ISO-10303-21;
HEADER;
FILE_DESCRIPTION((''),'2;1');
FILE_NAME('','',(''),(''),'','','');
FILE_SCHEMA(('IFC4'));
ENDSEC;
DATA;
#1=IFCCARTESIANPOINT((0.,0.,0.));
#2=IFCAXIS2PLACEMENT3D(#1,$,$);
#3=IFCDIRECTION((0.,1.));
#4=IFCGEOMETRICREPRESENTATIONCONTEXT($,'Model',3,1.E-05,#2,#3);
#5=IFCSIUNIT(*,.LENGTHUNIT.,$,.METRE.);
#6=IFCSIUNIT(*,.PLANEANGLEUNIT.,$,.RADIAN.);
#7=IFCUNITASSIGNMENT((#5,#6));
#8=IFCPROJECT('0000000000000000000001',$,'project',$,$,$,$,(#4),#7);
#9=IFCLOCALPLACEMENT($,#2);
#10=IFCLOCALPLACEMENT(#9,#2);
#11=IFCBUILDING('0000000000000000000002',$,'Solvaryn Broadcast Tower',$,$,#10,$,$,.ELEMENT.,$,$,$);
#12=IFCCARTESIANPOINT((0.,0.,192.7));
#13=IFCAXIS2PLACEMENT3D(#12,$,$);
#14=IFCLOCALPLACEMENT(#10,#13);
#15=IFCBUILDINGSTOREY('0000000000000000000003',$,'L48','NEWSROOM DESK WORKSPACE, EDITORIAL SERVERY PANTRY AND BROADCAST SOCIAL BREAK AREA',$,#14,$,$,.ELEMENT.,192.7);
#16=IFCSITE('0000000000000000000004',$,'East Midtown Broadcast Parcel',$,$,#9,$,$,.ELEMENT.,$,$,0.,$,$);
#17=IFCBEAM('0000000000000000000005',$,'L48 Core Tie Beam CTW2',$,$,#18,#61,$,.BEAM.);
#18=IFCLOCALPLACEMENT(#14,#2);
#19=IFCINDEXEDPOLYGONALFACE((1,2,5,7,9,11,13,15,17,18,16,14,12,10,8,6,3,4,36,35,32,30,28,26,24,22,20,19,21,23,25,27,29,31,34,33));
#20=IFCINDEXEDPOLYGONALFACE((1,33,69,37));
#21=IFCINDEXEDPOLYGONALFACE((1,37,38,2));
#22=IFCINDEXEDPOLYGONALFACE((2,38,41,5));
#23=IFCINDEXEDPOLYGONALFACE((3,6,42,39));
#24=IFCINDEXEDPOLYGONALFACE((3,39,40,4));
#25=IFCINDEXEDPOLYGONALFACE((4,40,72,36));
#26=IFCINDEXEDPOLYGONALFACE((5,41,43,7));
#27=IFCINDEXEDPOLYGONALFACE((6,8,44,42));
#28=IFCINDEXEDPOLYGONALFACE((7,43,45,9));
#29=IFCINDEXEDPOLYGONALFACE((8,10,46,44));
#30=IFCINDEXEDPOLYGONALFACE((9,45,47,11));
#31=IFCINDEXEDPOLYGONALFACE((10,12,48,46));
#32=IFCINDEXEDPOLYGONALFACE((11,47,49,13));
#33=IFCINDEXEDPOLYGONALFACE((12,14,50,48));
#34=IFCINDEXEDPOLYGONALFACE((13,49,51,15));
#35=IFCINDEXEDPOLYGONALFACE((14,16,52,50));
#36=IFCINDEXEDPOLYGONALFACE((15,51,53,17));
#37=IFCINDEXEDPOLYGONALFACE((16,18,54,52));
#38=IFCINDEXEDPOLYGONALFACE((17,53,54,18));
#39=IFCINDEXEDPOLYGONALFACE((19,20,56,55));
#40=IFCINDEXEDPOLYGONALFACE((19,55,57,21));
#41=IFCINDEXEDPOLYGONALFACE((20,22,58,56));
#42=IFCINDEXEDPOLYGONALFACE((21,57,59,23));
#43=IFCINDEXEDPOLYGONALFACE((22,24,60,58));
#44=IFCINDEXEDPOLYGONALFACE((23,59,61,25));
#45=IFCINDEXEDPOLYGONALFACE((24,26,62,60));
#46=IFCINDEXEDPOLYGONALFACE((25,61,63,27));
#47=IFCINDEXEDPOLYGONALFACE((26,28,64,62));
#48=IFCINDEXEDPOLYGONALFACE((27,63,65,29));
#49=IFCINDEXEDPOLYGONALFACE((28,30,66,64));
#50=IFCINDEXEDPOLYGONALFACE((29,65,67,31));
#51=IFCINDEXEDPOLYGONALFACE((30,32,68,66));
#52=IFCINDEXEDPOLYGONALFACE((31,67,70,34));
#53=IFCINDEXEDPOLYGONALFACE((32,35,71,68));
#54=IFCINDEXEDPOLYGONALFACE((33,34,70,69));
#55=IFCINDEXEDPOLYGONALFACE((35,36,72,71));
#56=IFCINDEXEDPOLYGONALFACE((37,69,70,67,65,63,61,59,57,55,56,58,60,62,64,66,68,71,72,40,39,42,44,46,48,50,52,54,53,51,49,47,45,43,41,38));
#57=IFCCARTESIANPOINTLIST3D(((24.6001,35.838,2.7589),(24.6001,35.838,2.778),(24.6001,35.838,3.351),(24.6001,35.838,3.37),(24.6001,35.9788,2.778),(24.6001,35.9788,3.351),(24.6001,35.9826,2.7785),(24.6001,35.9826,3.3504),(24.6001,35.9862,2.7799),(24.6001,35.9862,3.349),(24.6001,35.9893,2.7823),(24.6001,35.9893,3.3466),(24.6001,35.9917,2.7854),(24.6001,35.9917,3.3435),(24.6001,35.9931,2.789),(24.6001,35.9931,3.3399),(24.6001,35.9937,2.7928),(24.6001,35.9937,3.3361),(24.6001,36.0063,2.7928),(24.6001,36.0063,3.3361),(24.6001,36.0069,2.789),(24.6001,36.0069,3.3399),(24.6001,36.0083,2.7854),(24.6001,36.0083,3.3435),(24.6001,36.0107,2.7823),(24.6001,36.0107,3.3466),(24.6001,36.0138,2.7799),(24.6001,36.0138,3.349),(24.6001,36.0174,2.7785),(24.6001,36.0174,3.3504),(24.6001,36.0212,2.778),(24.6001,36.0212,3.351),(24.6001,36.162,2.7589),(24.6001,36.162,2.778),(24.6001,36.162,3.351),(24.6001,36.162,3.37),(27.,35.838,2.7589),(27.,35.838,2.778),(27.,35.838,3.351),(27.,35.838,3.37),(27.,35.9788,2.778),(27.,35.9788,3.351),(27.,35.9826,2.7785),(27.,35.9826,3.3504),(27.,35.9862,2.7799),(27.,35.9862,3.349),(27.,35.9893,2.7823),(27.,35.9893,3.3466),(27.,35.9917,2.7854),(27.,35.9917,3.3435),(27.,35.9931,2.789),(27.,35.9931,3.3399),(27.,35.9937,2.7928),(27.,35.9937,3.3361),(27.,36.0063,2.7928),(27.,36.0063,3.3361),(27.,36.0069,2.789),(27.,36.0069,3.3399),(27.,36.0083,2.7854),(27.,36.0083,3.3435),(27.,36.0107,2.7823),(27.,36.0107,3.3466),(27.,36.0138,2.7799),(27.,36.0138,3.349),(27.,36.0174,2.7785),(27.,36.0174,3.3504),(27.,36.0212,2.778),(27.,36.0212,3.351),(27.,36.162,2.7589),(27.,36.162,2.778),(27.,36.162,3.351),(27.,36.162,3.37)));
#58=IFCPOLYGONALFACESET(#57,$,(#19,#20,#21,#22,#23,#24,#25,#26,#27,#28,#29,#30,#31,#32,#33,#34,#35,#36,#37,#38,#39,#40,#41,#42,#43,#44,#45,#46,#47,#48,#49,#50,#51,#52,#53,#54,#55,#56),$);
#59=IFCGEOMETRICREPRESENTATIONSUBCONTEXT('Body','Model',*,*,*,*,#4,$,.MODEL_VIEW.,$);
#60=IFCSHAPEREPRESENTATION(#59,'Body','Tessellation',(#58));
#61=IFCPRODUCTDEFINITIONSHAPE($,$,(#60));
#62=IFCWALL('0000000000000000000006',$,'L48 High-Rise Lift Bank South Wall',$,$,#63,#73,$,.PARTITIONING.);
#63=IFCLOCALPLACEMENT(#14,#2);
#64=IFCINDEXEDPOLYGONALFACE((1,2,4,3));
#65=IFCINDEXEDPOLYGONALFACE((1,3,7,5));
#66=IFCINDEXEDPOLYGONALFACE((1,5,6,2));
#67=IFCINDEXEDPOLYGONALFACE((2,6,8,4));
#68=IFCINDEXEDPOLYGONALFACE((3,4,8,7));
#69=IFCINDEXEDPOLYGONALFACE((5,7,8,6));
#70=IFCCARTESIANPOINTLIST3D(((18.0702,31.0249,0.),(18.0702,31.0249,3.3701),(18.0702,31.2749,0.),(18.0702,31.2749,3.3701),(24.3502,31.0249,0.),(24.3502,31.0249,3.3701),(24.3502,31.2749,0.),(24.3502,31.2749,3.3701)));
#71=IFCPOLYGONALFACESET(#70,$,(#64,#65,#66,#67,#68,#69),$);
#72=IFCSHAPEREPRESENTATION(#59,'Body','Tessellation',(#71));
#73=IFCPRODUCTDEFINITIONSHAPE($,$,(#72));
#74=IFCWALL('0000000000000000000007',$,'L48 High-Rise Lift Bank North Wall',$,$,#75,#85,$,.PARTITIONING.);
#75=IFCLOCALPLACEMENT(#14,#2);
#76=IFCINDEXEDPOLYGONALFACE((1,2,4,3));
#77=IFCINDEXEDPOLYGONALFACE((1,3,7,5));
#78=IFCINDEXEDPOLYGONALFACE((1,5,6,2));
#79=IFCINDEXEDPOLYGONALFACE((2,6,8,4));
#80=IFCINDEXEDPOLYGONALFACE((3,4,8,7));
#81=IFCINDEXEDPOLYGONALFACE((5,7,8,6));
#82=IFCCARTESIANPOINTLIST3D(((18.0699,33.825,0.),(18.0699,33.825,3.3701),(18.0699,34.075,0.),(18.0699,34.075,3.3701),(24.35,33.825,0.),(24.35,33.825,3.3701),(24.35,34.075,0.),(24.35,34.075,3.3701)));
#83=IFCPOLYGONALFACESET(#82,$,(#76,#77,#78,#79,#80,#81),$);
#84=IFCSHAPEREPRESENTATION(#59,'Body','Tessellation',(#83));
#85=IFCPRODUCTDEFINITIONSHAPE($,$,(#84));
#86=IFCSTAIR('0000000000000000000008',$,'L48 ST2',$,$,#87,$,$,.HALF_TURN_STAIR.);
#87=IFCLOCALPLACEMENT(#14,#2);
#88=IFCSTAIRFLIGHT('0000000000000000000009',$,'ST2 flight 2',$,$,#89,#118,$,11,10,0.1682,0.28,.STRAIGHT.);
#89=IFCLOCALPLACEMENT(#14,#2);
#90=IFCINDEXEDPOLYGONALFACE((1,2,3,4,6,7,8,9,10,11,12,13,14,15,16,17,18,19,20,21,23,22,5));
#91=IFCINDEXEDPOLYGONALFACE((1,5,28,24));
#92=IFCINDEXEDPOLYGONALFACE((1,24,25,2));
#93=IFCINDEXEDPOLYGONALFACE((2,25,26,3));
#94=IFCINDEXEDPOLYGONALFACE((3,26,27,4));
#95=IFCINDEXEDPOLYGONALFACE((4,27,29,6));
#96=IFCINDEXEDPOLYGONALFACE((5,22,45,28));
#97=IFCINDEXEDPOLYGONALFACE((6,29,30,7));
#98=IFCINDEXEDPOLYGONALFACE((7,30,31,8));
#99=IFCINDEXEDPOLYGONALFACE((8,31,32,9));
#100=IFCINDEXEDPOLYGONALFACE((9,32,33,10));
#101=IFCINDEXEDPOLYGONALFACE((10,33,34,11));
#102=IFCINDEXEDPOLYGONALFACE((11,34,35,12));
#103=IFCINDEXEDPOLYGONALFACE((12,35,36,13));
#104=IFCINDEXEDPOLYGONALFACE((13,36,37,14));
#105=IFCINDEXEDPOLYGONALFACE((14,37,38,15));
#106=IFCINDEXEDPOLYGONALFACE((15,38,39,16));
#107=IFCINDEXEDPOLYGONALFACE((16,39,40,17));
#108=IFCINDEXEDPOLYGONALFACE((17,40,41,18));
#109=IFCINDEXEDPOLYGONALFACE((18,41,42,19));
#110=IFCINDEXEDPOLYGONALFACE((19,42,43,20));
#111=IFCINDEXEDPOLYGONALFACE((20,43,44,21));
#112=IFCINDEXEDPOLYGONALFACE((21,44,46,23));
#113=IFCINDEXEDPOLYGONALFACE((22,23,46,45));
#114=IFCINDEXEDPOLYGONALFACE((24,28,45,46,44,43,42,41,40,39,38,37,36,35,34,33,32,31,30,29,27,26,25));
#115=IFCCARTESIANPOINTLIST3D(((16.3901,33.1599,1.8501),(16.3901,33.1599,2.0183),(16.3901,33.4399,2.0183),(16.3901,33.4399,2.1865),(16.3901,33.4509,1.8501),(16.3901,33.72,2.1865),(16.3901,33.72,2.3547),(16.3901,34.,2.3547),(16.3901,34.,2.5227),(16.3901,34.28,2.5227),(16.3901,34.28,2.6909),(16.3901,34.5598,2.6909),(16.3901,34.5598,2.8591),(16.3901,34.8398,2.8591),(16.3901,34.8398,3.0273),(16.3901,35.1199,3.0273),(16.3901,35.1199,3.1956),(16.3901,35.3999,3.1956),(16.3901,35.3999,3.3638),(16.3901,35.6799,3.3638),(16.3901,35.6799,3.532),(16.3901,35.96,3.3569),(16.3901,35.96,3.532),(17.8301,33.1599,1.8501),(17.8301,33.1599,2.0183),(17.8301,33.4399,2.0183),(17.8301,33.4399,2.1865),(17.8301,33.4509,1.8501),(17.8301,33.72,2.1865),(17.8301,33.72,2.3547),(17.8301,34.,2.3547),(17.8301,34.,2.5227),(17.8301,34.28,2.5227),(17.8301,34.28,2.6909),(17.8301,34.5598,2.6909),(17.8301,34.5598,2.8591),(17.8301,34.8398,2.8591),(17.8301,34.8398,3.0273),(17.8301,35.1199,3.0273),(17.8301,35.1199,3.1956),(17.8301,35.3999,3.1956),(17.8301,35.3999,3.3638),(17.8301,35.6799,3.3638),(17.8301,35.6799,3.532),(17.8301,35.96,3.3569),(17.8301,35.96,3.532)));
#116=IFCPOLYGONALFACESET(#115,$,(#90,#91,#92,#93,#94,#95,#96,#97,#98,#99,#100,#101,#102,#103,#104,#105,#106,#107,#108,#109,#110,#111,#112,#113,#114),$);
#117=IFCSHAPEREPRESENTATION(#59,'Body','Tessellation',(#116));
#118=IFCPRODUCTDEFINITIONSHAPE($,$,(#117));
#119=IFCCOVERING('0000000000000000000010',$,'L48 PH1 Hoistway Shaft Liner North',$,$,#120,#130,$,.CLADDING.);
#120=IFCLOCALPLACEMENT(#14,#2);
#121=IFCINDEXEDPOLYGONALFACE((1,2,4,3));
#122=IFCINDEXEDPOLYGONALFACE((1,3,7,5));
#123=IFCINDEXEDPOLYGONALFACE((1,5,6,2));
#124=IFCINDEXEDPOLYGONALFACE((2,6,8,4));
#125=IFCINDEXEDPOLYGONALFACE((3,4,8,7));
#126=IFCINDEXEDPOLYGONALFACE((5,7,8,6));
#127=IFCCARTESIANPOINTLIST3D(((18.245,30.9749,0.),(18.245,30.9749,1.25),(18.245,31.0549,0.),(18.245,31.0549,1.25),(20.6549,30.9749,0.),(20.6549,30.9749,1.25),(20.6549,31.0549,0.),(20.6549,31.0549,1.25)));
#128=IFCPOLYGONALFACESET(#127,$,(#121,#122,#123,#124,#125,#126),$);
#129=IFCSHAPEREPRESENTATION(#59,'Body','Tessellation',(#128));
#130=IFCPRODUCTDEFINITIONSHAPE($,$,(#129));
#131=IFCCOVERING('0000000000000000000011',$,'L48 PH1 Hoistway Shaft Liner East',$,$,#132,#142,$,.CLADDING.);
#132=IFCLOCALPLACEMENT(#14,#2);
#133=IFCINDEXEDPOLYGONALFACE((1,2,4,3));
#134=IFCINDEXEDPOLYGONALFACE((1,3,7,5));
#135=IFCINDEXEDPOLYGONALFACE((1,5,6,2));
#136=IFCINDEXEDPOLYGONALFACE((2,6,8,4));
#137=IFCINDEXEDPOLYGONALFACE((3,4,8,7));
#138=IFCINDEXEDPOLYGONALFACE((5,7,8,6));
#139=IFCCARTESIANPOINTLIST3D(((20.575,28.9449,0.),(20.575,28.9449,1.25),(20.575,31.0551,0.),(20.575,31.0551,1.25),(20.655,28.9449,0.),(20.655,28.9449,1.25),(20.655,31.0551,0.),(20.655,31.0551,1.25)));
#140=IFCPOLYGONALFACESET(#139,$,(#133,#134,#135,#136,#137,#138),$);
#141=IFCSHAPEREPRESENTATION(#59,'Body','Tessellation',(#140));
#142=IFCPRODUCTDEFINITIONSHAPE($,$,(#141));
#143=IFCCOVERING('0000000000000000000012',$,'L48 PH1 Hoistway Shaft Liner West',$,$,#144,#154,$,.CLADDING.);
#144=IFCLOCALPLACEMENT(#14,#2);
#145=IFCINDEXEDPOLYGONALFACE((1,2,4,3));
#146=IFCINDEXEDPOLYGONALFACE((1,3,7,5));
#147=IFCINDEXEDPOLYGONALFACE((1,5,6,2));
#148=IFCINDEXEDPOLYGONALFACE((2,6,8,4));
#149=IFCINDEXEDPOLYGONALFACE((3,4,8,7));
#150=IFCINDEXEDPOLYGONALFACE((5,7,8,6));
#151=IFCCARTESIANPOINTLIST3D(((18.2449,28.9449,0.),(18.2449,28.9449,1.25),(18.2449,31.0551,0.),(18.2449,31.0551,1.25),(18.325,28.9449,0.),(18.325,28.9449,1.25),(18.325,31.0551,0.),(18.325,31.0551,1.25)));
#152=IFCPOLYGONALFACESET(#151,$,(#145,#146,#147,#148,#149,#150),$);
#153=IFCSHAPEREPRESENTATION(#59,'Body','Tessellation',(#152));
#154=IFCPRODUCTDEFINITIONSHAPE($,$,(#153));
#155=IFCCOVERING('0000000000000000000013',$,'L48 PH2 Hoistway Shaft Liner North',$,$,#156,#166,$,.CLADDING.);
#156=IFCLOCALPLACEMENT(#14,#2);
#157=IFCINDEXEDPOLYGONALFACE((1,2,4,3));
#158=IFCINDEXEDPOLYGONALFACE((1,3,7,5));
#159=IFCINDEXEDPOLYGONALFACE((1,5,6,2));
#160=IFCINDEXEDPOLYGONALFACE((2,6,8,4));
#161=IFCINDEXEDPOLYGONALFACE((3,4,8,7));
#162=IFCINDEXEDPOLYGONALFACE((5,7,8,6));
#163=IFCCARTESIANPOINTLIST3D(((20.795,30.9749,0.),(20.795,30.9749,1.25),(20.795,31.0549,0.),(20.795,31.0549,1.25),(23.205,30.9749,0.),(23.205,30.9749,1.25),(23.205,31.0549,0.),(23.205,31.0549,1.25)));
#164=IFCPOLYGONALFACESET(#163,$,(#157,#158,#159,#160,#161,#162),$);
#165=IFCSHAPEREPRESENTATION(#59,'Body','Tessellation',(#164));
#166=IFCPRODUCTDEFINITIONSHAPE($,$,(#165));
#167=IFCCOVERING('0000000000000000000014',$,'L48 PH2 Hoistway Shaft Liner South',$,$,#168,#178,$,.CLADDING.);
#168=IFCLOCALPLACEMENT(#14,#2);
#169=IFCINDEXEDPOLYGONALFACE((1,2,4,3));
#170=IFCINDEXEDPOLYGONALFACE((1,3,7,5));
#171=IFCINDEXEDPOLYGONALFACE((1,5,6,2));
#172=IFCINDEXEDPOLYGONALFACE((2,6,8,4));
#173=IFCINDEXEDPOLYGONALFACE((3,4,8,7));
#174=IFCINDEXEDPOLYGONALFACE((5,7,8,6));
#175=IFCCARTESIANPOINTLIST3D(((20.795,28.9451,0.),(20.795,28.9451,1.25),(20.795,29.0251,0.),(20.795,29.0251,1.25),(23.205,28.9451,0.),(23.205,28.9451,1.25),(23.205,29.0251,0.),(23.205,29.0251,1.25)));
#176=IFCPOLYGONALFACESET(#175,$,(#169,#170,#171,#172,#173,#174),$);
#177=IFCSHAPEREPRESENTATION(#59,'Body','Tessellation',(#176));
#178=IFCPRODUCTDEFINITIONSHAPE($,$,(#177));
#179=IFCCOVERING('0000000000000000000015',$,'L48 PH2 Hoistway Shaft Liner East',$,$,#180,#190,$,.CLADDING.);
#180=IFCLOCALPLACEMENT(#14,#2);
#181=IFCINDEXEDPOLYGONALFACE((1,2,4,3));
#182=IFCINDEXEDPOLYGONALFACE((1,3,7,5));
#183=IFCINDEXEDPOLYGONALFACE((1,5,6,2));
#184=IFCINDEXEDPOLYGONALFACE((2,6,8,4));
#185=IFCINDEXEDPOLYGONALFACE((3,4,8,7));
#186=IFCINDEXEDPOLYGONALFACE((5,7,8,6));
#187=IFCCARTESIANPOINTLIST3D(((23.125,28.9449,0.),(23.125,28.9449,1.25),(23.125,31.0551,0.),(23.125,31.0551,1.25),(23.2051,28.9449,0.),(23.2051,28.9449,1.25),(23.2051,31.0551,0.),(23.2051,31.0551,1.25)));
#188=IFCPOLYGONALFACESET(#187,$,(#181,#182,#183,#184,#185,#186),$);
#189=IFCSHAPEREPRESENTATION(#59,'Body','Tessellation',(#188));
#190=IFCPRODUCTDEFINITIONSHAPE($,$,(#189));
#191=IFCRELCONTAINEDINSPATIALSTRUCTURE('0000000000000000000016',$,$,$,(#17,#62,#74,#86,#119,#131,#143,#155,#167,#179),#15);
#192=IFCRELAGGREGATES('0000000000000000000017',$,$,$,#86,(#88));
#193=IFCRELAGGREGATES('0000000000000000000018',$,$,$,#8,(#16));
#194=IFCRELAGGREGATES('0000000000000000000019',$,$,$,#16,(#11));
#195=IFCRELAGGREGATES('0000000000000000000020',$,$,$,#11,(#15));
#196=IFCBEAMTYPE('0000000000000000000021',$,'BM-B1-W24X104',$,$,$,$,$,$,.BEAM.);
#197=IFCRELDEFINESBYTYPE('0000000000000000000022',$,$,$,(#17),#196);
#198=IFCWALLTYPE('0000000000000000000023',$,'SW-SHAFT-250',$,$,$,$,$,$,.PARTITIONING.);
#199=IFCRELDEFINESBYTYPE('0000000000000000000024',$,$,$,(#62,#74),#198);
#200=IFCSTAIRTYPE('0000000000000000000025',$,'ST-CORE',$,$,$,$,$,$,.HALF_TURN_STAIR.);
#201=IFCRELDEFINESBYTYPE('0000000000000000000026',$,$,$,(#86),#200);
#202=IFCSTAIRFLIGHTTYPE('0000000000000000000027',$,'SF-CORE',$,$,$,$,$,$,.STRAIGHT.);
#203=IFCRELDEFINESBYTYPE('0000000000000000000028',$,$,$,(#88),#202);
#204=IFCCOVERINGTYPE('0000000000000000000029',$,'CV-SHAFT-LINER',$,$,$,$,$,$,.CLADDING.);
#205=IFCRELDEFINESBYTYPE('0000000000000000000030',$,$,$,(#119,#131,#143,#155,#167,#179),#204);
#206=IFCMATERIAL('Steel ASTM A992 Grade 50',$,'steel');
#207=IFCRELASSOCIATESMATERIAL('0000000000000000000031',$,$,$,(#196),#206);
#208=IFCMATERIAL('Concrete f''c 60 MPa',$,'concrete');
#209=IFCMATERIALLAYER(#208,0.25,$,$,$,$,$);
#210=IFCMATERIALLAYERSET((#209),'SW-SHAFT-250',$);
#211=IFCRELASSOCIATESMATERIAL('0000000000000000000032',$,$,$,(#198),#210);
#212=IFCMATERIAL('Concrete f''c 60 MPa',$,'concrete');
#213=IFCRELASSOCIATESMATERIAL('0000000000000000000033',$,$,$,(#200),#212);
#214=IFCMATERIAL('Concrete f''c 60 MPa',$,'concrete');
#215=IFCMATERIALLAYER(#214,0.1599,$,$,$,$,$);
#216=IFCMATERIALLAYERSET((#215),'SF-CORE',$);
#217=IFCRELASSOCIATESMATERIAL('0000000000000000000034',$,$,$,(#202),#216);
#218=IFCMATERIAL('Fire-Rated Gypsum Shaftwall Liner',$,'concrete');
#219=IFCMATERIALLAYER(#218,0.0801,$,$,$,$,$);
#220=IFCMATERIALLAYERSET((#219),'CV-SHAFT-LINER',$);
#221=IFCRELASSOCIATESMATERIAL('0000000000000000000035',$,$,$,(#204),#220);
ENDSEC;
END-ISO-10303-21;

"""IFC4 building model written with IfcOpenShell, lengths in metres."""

from ifc_helpers import new_model, si_unit, direction, frame, frame_2d, origin, origin_2d, place, context, subcontext, project, spatial, polyline, rectangle, i_section, outline, extrude, material, layer, layer_set, material_profile, profile_set, type_object, element, aggregate, save


model = new_model("IFC4")

# Units and contexts
model_context = context("Model", 3, precision=1e-05, world=origin(), true_north=direction((0.0, 1.0)))
body_context = subcontext(model_context, "Body", "Model", "MODEL_VIEW")
ifc_project = project(units=[si_unit("LENGTHUNIT", "METRE"), si_unit("PLANEANGLEUNIT", "RADIAN")], contexts=[model_context])

# Site, building, storey
site_placement = place(None, origin())
site = spatial("IfcSite", under=ifc_project, at=site_placement, Name="East Midtown Broadcast Parcel", CompositionType="ELEMENT", RefElevation=0.0)
building_placement = place(site_placement, origin())
building = spatial("IfcBuilding", under=site, at=building_placement, Name="Solvaryn Broadcast Tower", CompositionType="ELEMENT")
storey_placement = place(building_placement, frame((0.0, 0.0, 192.7)))
storey = spatial("IfcBuildingStorey", under=building, at=storey_placement, Name="L48", Description="NEWSROOM DESK WORKSPACE, EDITORIAL SERVERY PANTRY AND BROADCAST SOCIAL BREAK AREA", CompositionType="ELEMENT", Elevation=192.7)

# Beam
ifc_material_1 = material(Name="Steel ASTM A992 Grade 50", Category="steel")
ifc_material_profile = material_profile(ifc_material_1, i_section(OverallWidth=0.324, OverallDepth=0.6111, WebThickness=0.0127, FlangeThickness=0.019, FilletRadius=0.0149, at=origin_2d()))
ifc_profile_set = profile_set([ifc_material_profile], Name="Steel ASTM A992 Grade 50")
beam_type = type_object("IfcBeamType", Name="BM-B1-W24X104", PredefinedType="BEAM", material=ifc_profile_set)
beam_placement = place(storey_placement, frame((24.6001, 36.0, 3.0645), z_axis=(1.0, 0.0, 0.0), x_axis=(0.0, 1.0, 0.0)))
element("IfcBeam", 1, at=beam_placement, inside=storey, type_object=beam_type, Name="L48 Core Tie Beam CTW2", PredefinedType="BEAM", context=body_context, shape_type="SweptSolid", body=[
    extrude(i_section(OverallWidth=0.324, OverallDepth=0.6111, WebThickness=0.0127, FlangeThickness=0.019, FilletRadius=0.0149, at=origin_2d()), origin(), (0.0, 0.0, 1.0), 2.3999),
])

# Walls
ifc_material_2 = material(Name="Concrete f'c 60 MPa", Category="concrete")
ifc_layer_1 = layer(ifc_material_2, 0.25)
ifc_layer_set_1 = layer_set([ifc_layer_1], Name="SW-SHAFT-250")
wall_type = type_object("IfcWallType", Name="SW-SHAFT-250", PredefinedType="PARTITIONING", material=ifc_layer_set_1)
for number, where, z_axis, x_axis, name in (
    (2, (18.0701, 31.1499, 0.0), (0.0, 0.0, 1.0), (1.0, 0.0, 0.0), "L48 High-Rise Lift Bank South Wall"),
    (3, (24.3501, 33.95, 0.0), (0.0, 0.0, 1.0), (-1.0, 0.0, 0.0), "L48 High-Rise Lift Bank North Wall"),
):
    element("IfcWall", number, at=place(storey_placement, frame(where, z_axis=z_axis, x_axis=x_axis)), inside=storey, type_object=wall_type, Name=name, PredefinedType="PARTITIONING", context=body_context, shape_type="SweptSolid", body=[
        extrude(rectangle(XDim=6.28, YDim=0.25, at=frame_2d((3.1401, 0.0))), origin(), (0.0, 0.0, 1.0), 3.3701),
    ])

# Stair, stair flight
ifc_material_3 = material(Name="Concrete f'c 60 MPa", Category="concrete")
stair_type = type_object("IfcStairType", Name="ST-CORE", PredefinedType="HALF_TURN_STAIR", material=ifc_material_3)
stair_placement = place(storey_placement, origin())
stair = element("IfcStair", 4, at=stair_placement, inside=storey, type_object=stair_type, Name="L48 ST2", PredefinedType="HALF_TURN_STAIR")
ifc_material_4 = material(Name="Concrete f'c 60 MPa", Category="concrete")
ifc_layer_2 = layer(ifc_material_4, 0.1599)
ifc_layer_set_2 = layer_set([ifc_layer_2], Name="SF-CORE")
stair_flight_type = type_object("IfcStairFlightType", Name="SF-CORE", PredefinedType="STRAIGHT", material=ifc_layer_set_2)
stair_flight_placement = place(storey_placement, frame((17.1101, 33.1599, 1.8501), z_axis=(0.0, 0.0, 1.0), x_axis=(0.0, 1.0, 0.0)))
stair_flight = element("IfcStairFlight", 5, at=stair_flight_placement, type_object=stair_flight_type, Name="ST2 flight 2", NumberOfRisers=11, NumberOfTreads=10, PredefinedType="STRAIGHT", RiserHeight=0.1682, TreadLength=0.28, context=body_context, shape_type="SweptSolid", body=[
    extrude(outline(polyline([(0.0, 0.0), (0.0, 0.1682), (0.28, 0.1682), (0.28, 0.3364), (0.5601, 0.3364), (0.5601, 0.5046), (0.8401, 0.5046), (0.8401, 0.6726), (1.1201, 0.6726), (1.1201, 0.8408), (1.3999, 0.8408), (1.3999, 1.009), (1.6799, 1.009), (1.6799, 1.1772), (1.96, 1.1772), (1.96, 1.3455), (2.24, 1.3455), (2.24, 1.5137), (2.52, 1.5137), (2.52, 1.6819), (2.8, 1.6819), (2.8, 1.8501), (2.8, 1.5068), (0.291, 0.0), (0.0, 0.0)])), frame((0.0, 0.72, 0.0), z_axis=(0.0, -1.0, 0.0), x_axis=(1.0, 0.0, 0.0)), (0.0, 0.0, 1.0), 1.4399),
])
aggregate(stair, [stair_flight])

# Coverings
ifc_material_5 = material(Name="Fire-Rated Gypsum Shaftwall Liner", Category="concrete")
ifc_layer_3 = layer(ifc_material_5, 0.0801)
ifc_layer_set_3 = layer_set([ifc_layer_3], Name="CV-SHAFT-LINER")
covering_type = type_object("IfcCoveringType", Name="CV-SHAFT-LINER", PredefinedType="CLADDING", material=ifc_layer_set_3)
covering_1_placement = place(storey_placement, frame((19.45, 31.0149, 0.0), z_axis=(0.0, 0.0, 1.0), x_axis=(1.0, 0.0, 0.0)))
element("IfcCovering", 6, at=covering_1_placement, inside=storey, type_object=covering_type, Name="L48 PH1 Hoistway Shaft Liner North", PredefinedType="CLADDING", context=body_context, shape_type="SweptSolid", body=[
    extrude(rectangle(XDim=2.4099, YDim=0.0801, at=origin_2d()), origin(), (0.0, 0.0, 1.0), 1.25),
])
for number, where, z_axis, x_axis, name in (
    (7, (20.615, 30.0, 0.0), (0.0, 0.0, 1.0), (1.0, 0.0, 0.0), "L48 PH1 Hoistway Shaft Liner East"),
    (8, (18.2849, 30.0, 0.0), (0.0, 0.0, 1.0), (1.0, 0.0, 0.0), "L48 PH1 Hoistway Shaft Liner West"),
):
    element("IfcCovering", number, at=place(storey_placement, frame(where, z_axis=z_axis, x_axis=x_axis)), inside=storey, type_object=covering_type, Name=name, PredefinedType="CLADDING", context=body_context, shape_type="SweptSolid", body=[
        extrude(rectangle(XDim=0.0801, YDim=2.1101, at=origin_2d()), origin(), (0.0, 0.0, 1.0), 1.25),
    ])
for number, where, z_axis, x_axis, name in (
    (9, (22.0, 31.0149, 0.0), (0.0, 0.0, 1.0), (1.0, 0.0, 0.0), "L48 PH2 Hoistway Shaft Liner North"),
    (10, (22.0, 28.9851, 0.0), (0.0, 0.0, 1.0), (1.0, 0.0, 0.0), "L48 PH2 Hoistway Shaft Liner South"),
):
    element("IfcCovering", number, at=place(storey_placement, frame(where, z_axis=z_axis, x_axis=x_axis)), inside=storey, type_object=covering_type, Name=name, PredefinedType="CLADDING", context=body_context, shape_type="SweptSolid", body=[
        extrude(rectangle(XDim=2.4099, YDim=0.0801, at=origin_2d()), origin(), (0.0, 0.0, 1.0), 1.25),
    ])
for number, where, z_axis, x_axis, name in (
    (11, (23.165, 30.0, 0.0), (0.0, 0.0, 1.0), (1.0, 0.0, 0.0), "L48 PH2 Hoistway Shaft Liner East"),
):
    element("IfcCovering", number, at=place(storey_placement, frame(where, z_axis=z_axis, x_axis=x_axis)), inside=storey, type_object=covering_type, Name=name, PredefinedType="CLADDING", context=body_context, shape_type="SweptSolid", body=[
        extrude(rectangle(XDim=0.0801, YDim=2.1101, at=origin_2d()), origin(), (0.0, 0.0, 1.0), 1.25),
    ])

save(model, "model.ifc")
